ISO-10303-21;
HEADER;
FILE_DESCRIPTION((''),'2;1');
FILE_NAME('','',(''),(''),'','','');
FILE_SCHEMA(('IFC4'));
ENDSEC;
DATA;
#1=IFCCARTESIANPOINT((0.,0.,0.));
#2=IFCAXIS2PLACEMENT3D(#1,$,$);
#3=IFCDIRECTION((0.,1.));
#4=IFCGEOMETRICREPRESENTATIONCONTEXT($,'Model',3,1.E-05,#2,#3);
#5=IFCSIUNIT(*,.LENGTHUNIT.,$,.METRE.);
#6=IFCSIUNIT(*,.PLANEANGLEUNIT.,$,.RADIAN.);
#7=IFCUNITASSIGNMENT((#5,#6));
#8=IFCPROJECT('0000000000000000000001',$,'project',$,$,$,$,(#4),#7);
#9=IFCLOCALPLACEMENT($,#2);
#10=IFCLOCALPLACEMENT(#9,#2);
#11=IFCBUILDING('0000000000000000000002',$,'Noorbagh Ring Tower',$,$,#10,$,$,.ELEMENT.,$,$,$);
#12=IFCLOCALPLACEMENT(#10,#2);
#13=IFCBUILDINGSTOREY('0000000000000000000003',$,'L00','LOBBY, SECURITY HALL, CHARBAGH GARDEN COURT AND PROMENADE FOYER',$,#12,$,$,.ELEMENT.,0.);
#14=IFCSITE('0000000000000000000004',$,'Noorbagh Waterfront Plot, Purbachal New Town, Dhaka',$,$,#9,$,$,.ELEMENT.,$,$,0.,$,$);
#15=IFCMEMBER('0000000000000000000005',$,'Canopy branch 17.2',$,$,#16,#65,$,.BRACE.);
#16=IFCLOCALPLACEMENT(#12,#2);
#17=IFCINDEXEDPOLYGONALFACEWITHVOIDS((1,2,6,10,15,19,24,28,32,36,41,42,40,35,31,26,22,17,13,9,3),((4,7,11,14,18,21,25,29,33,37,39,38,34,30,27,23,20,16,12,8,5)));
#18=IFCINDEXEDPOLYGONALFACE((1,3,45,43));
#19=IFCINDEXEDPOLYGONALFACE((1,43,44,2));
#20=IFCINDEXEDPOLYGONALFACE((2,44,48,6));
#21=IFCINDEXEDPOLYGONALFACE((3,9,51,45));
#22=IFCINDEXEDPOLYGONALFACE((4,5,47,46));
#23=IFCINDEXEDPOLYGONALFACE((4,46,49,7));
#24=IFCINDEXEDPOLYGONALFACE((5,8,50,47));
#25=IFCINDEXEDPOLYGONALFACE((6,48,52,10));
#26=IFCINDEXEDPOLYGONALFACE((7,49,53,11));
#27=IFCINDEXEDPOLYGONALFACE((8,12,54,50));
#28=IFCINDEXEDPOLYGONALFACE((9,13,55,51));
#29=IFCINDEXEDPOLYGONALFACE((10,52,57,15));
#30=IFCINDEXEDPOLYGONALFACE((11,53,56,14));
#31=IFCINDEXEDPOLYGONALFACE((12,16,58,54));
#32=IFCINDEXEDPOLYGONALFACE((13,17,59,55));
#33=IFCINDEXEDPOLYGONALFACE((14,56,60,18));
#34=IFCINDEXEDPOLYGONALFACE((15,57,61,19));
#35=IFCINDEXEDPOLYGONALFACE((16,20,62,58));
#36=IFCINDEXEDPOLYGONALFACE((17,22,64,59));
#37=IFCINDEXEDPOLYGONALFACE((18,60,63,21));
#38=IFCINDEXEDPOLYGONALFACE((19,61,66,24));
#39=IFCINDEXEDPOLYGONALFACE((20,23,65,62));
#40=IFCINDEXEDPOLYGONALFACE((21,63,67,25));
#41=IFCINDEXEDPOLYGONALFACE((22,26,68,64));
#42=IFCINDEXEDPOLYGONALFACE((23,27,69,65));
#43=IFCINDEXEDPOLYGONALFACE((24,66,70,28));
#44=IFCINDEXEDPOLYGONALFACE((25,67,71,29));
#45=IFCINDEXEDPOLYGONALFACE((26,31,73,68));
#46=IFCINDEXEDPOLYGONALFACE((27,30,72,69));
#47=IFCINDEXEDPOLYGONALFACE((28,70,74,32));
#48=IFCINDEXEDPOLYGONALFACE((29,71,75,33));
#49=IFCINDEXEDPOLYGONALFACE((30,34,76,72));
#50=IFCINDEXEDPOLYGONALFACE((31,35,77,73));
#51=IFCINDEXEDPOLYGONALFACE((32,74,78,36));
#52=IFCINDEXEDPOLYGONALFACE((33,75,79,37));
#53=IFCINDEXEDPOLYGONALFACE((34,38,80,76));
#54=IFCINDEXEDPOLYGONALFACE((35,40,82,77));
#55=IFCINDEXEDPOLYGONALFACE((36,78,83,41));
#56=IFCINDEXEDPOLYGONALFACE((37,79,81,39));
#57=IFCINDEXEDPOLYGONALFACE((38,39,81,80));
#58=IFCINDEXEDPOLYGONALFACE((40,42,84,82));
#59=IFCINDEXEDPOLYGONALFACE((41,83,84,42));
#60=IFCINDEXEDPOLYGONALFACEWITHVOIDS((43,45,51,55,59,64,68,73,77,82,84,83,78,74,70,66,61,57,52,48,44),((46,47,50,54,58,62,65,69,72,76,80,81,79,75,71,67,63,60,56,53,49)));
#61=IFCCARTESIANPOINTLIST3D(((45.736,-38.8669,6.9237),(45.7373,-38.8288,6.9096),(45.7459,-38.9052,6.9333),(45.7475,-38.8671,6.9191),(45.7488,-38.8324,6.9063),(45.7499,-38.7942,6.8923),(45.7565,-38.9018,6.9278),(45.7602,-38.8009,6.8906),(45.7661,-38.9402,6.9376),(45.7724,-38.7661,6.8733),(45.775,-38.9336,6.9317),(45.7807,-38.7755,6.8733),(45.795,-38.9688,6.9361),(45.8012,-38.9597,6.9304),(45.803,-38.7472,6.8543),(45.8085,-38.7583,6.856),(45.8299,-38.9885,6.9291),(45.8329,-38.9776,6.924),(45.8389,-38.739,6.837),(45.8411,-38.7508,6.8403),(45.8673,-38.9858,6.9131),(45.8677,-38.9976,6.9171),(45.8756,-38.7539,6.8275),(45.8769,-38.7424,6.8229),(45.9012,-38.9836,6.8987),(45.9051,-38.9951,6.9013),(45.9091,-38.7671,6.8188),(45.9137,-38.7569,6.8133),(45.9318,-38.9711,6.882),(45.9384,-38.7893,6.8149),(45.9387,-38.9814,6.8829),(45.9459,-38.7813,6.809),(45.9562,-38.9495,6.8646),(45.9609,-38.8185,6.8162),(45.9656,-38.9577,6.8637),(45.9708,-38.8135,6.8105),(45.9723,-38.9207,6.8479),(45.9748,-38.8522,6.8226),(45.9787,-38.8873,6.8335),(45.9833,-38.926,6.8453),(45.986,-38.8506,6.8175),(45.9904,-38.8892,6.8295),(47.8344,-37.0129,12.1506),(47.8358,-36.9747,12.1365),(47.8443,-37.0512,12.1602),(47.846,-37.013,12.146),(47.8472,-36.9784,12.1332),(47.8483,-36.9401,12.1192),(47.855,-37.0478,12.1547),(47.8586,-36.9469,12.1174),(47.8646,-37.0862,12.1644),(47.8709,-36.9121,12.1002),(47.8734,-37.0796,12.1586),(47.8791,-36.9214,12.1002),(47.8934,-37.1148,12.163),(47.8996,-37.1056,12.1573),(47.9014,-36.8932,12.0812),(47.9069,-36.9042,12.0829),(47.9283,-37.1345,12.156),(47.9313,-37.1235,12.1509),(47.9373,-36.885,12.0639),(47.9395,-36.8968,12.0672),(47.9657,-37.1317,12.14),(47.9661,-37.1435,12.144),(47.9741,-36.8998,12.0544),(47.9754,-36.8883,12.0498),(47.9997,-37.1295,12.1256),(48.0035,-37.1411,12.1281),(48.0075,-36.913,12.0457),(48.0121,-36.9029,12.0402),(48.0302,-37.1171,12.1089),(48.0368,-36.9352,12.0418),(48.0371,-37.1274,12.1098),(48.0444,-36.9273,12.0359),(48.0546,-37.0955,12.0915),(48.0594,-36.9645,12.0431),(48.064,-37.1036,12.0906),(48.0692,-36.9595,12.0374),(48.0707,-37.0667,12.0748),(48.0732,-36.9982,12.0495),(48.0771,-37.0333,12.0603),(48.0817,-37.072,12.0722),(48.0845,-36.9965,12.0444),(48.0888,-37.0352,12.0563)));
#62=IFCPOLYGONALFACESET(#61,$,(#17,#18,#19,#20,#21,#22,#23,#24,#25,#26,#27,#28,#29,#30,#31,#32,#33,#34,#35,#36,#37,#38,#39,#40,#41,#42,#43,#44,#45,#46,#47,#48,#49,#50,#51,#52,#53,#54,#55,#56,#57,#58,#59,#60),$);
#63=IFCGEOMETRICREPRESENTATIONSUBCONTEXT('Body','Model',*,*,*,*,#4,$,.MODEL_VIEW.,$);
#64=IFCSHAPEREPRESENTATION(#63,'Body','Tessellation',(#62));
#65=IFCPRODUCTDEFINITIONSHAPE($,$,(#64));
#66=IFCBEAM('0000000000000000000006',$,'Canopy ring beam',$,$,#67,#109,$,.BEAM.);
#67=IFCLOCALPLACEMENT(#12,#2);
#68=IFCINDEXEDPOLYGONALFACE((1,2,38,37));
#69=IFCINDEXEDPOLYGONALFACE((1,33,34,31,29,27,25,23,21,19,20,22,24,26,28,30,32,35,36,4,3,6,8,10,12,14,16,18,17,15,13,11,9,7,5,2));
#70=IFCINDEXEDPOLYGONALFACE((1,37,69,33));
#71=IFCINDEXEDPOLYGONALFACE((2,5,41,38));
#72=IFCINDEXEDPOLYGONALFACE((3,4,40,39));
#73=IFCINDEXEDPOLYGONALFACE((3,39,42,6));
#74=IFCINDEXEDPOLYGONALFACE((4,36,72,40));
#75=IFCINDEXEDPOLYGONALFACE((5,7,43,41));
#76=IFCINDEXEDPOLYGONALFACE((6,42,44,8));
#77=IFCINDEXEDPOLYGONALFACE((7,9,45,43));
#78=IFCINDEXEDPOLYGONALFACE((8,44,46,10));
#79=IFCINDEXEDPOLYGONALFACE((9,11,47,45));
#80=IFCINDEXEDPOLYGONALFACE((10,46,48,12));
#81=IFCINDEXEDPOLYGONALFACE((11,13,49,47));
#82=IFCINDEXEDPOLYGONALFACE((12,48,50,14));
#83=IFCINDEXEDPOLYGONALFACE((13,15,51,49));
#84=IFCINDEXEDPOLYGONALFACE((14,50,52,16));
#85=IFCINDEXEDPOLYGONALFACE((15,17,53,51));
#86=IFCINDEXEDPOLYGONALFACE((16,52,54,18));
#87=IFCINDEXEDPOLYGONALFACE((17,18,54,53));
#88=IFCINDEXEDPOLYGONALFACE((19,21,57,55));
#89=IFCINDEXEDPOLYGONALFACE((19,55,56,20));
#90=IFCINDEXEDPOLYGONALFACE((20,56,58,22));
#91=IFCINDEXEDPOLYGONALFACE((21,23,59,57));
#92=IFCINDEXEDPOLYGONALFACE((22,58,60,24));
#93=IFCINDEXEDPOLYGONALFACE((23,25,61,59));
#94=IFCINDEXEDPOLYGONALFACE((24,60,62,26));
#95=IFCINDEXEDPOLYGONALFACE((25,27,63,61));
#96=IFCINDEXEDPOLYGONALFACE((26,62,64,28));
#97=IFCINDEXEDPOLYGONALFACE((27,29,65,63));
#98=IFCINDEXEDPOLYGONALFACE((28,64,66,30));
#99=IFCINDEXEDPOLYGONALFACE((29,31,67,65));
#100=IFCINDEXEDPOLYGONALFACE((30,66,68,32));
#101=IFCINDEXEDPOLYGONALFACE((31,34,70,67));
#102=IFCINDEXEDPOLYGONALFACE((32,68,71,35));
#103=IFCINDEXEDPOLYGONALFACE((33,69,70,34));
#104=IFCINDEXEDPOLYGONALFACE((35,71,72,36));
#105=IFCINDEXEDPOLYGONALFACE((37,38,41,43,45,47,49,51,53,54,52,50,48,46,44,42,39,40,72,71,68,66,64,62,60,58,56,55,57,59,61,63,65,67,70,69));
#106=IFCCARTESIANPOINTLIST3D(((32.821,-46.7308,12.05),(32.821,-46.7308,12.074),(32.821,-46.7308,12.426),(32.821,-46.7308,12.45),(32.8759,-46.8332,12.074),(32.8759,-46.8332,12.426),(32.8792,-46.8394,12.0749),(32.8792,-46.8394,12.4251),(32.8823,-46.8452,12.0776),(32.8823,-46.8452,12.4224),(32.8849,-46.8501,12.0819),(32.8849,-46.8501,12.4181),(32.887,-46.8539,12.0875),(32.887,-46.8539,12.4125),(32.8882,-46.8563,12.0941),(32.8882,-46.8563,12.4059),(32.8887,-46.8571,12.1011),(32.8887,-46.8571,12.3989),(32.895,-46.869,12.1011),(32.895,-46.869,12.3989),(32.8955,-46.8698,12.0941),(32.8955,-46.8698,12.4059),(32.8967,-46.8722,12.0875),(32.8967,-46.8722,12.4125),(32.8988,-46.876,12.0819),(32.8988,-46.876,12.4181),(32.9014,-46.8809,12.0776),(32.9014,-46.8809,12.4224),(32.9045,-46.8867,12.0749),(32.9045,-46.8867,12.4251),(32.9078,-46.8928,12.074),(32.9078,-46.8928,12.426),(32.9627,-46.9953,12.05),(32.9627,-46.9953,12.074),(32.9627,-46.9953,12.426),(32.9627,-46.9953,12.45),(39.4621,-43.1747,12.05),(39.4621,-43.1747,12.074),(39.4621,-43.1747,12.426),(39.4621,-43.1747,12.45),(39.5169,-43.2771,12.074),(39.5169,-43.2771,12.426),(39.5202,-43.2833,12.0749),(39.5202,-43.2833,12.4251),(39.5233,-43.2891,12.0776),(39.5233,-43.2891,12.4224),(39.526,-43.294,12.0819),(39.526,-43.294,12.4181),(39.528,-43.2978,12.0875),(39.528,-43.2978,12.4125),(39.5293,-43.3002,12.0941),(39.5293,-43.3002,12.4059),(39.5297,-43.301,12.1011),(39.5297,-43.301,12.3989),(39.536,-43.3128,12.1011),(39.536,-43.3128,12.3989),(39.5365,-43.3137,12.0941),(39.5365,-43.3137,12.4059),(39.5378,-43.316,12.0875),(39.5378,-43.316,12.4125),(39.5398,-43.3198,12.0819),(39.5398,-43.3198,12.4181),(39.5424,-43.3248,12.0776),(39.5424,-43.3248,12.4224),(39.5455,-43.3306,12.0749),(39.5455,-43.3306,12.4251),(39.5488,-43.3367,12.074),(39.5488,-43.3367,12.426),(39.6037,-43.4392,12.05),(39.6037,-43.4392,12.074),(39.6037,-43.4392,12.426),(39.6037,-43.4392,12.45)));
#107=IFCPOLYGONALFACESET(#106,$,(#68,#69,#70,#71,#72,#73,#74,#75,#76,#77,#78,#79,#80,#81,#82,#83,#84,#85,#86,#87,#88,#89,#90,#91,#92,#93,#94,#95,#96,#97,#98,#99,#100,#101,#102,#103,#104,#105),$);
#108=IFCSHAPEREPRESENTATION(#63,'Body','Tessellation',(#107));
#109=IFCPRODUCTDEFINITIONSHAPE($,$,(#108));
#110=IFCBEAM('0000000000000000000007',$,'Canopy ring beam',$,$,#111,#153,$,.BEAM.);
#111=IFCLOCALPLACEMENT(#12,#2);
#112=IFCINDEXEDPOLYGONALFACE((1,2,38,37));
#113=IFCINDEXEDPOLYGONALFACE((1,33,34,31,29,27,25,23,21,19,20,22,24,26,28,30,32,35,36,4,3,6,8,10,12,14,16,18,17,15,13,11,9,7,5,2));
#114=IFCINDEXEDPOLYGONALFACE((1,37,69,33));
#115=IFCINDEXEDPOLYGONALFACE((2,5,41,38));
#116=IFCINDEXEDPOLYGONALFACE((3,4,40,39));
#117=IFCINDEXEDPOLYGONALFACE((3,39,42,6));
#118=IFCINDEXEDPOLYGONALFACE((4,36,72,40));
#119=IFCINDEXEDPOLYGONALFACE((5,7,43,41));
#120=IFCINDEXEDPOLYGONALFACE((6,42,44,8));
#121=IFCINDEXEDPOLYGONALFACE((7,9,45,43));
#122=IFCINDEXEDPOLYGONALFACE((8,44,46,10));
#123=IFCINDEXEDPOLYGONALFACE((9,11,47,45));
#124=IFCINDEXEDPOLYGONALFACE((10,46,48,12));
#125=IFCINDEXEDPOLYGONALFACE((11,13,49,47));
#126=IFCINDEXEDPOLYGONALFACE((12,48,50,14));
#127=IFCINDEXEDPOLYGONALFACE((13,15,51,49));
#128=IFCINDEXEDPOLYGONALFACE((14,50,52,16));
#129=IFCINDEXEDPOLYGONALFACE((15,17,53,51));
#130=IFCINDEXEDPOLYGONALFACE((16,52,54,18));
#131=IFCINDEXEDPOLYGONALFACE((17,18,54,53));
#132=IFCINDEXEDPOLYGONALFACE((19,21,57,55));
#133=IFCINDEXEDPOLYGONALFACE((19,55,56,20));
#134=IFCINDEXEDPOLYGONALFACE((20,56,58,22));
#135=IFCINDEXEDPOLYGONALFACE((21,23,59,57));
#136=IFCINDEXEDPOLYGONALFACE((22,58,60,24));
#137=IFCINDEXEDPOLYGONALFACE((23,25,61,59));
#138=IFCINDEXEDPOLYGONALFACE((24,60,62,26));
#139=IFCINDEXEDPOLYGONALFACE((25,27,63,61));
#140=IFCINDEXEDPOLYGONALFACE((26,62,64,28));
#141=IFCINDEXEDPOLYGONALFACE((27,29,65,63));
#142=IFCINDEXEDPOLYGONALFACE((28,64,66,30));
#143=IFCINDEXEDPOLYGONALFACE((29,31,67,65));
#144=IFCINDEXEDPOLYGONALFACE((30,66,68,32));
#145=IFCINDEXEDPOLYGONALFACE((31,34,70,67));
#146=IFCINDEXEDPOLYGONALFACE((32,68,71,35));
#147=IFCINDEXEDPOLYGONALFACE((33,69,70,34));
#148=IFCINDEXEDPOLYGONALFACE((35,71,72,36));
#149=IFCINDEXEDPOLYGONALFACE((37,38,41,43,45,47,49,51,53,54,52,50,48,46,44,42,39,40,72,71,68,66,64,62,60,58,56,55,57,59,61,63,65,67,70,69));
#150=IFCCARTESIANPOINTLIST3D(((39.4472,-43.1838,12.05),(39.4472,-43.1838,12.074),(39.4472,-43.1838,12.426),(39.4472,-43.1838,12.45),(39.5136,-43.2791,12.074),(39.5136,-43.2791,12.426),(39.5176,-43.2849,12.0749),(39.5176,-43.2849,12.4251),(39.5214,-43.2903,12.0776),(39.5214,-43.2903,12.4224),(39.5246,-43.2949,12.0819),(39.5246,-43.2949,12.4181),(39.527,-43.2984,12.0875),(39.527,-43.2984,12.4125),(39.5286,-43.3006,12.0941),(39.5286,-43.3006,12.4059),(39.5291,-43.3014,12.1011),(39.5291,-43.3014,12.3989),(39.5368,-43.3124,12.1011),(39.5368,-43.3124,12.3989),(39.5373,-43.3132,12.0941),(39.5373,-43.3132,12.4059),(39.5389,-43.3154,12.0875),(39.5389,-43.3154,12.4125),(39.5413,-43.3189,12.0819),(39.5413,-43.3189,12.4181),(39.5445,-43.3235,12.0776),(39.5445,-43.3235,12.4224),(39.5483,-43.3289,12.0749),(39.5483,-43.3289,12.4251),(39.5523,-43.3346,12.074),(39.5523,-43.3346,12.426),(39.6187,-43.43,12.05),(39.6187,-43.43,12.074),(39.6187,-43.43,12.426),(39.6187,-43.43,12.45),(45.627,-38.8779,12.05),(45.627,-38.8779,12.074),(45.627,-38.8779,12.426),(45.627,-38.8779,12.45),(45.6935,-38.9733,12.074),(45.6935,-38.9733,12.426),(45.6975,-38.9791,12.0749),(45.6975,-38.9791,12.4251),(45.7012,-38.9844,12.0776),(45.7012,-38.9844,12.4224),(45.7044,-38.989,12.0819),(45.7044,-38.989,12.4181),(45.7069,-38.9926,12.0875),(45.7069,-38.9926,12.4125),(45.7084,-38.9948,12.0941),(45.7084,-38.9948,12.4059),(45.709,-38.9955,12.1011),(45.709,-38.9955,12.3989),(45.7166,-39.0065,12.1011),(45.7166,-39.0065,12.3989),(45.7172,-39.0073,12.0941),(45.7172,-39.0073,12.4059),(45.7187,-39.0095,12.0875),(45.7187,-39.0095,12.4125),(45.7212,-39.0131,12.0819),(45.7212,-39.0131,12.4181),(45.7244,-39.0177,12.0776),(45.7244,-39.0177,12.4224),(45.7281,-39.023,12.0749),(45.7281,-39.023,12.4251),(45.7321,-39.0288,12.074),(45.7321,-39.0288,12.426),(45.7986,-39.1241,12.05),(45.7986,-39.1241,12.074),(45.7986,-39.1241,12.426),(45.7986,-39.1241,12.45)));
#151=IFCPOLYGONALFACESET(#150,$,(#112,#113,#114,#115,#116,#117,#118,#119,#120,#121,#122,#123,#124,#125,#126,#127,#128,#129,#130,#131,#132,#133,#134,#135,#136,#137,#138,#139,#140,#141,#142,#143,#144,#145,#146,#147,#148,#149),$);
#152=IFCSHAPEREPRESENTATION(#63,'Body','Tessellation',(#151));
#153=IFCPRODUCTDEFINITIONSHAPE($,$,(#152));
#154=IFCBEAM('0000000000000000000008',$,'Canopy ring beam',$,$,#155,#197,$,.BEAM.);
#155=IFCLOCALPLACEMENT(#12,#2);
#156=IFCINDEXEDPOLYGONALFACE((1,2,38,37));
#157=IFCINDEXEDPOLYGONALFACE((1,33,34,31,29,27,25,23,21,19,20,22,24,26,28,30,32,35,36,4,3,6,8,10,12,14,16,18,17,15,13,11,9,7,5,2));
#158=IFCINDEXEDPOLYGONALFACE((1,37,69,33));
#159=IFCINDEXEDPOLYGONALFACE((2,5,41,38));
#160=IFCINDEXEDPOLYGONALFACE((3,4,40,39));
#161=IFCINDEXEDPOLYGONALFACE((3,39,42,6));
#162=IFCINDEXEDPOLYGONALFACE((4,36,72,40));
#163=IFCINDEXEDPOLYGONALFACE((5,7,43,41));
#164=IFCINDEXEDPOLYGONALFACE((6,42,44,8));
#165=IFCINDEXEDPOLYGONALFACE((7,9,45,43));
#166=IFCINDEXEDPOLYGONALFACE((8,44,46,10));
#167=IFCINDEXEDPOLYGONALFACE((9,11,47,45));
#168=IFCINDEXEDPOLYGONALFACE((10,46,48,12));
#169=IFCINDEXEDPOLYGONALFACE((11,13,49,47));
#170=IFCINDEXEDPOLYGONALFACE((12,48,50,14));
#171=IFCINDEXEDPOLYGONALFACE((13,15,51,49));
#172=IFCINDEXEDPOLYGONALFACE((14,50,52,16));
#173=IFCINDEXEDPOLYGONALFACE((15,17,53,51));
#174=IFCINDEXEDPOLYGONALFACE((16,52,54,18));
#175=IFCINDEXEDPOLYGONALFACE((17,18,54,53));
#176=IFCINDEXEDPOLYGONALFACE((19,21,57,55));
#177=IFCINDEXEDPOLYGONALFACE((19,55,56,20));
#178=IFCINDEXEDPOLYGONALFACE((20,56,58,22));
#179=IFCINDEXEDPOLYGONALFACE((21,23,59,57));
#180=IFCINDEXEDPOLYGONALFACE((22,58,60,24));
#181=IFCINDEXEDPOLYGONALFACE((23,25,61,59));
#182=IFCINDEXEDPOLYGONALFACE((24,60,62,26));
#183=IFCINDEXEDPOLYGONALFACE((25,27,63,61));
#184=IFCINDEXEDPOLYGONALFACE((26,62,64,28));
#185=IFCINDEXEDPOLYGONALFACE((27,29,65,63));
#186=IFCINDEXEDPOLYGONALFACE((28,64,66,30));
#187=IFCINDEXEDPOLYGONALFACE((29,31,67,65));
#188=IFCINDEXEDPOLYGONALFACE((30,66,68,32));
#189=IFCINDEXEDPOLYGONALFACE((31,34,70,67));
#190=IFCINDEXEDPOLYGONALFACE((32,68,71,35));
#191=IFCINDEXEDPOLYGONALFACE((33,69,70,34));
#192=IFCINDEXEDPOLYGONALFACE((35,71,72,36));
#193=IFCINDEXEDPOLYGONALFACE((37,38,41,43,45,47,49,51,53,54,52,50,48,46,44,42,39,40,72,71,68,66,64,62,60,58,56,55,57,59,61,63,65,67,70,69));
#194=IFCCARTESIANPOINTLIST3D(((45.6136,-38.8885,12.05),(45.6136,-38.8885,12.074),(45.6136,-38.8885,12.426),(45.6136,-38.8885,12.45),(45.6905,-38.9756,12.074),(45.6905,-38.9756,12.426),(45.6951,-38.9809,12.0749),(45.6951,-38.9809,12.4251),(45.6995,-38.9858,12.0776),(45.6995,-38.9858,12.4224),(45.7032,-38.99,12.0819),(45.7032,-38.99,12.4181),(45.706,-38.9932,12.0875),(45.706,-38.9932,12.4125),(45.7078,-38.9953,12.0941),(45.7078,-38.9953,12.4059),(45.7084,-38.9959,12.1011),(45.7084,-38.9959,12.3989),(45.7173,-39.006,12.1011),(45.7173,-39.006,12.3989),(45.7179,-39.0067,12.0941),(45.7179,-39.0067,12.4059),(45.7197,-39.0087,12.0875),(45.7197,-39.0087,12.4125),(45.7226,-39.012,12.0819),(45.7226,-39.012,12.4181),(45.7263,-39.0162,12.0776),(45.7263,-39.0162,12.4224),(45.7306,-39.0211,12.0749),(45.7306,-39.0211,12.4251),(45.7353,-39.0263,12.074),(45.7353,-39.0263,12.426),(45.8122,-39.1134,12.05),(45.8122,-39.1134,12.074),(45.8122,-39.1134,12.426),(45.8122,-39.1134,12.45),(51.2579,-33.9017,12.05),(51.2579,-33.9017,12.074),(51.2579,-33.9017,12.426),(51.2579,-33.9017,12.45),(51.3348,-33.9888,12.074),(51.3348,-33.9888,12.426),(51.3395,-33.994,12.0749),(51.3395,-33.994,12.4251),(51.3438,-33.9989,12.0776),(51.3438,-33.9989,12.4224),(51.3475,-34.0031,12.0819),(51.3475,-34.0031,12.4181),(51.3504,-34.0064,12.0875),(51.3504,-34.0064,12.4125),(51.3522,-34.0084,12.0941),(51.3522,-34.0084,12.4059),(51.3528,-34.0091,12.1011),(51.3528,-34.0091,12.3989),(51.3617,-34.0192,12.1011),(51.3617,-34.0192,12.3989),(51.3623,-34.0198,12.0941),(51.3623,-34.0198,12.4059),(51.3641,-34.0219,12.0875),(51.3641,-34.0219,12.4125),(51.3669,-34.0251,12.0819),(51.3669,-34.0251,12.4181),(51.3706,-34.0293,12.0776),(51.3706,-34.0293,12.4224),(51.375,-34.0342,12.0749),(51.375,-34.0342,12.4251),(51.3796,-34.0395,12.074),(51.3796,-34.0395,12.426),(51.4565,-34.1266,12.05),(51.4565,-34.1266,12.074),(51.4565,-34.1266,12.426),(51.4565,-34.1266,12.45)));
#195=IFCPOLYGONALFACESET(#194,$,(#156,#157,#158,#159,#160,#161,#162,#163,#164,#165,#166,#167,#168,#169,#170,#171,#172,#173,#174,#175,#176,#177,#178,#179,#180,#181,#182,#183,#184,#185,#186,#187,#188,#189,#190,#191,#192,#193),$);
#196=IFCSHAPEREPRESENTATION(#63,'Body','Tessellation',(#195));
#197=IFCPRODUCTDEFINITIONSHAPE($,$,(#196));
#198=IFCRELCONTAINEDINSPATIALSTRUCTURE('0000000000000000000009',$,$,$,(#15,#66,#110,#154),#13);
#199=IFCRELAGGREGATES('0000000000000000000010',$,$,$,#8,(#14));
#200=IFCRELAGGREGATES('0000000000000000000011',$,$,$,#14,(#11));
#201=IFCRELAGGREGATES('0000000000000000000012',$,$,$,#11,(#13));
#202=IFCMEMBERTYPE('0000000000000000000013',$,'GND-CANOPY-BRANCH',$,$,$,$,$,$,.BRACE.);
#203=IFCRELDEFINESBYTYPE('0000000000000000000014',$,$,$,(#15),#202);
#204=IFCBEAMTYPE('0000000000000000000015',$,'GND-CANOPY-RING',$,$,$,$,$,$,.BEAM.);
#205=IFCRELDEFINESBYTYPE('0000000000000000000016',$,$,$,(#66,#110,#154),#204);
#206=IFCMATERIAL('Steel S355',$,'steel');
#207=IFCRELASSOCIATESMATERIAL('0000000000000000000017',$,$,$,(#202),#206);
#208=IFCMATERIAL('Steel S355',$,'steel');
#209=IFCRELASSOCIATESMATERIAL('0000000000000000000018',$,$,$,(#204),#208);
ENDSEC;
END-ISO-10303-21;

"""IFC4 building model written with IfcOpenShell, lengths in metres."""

from ifc_helpers import new_model, si_unit, direction, frame, origin, origin_2d, place, context, subcontext, project, spatial, hollow_circle, i_section, extrude, material, material_profile, profile_set, type_object, element, save


model = new_model("IFC4")

# Units and contexts
model_context = context("Model", 3, precision=1e-05, world=origin(), true_north=direction((0.0, 1.0)))
body_context = subcontext(model_context, "Body", "Model", "MODEL_VIEW")
ifc_project = project(units=[si_unit("LENGTHUNIT", "METRE"), si_unit("PLANEANGLEUNIT", "RADIAN")], contexts=[model_context])

# Site, building, storey
site_placement = place(None, origin())
site = spatial("IfcSite", under=ifc_project, at=site_placement, Name="Noorbagh Waterfront Plot, Purbachal New Town, Dhaka", CompositionType="ELEMENT", RefElevation=0.0)
building_placement = place(site_placement, origin())
building = spatial("IfcBuilding", under=site, at=building_placement, Name="Noorbagh Ring Tower", CompositionType="ELEMENT")
storey_placement = place(building_placement, origin())
storey = spatial("IfcBuildingStorey", under=building, at=storey_placement, Name="L00", Description="LOBBY, SECURITY HALL, CHARBAGH GARDEN COURT AND PROMENADE FOYER", CompositionType="ELEMENT", Elevation=0.0)

# Member
ifc_material_1 = material(Name="Steel S355", Category="steel")
ifc_material_profile_1 = material_profile(ifc_material_1, hollow_circle(Radius=0.1365, WallThickness=0.0125, at=origin_2d()), Name="CHS273x12.5")
ifc_profile_set_1 = profile_set([ifc_material_profile_1], Name="Steel S355")
member_type = type_object("IfcMemberType", Name="GND-CANOPY-BRANCH", PredefinedType="BRACE", material=ifc_profile_set_1)
member_placement = place(storey_placement, frame((45.8628, -38.8684, 6.8733), z_axis=(0.353884, 0.31267, 0.881478), x_axis=(-0.66212, 0.749397, 0.0)))
element("IfcMember", 1, at=member_placement, inside=storey, type_object=member_type, Name="Canopy branch 17.2", PredefinedType="BRACE", context=body_context, shape_type="SweptSolid", body=[
    extrude(hollow_circle(Radius=0.1365, WallThickness=0.0125, at=origin_2d()), origin(), (0.0, 0.0, 1.0), 5.9297),
])

# Beams
ifc_material_2 = material(Name="Steel S355", Category="steel")
ifc_material_profile_2 = material_profile(ifc_material_2, i_section(OverallWidth=0.3, OverallDepth=0.3999, WebThickness=0.0134, FlangeThickness=0.0239, FilletRadius=0.0271, at=origin_2d()), Name="HEB400")
ifc_profile_set_2 = profile_set([ifc_material_profile_2], Name="Steel S355")
beam_type = type_object("IfcBeamType", Name="GND-CANOPY-RING", PredefinedType="BEAM", material=ifc_profile_set_2)
beam_1_placement = place(storey_placement, frame((32.8918, -46.863, 12.25), z_axis=(0.881568, 0.472058, 0.0), x_axis=(-0.472058, 0.881568, 0.0)))
element("IfcBeam", 2, at=beam_1_placement, inside=storey, type_object=beam_type, Name="Canopy ring beam", PredefinedType="BEAM", context=body_context, shape_type="SweptSolid", body=[
    extrude(i_section(OverallWidth=0.3, OverallDepth=0.3999, WebThickness=0.0134, FlangeThickness=0.0239, FilletRadius=0.0271, at=origin_2d()), origin(), (0.0, 0.0, 1.0), 7.5332),
])
beam_2_placement = place(storey_placement, frame((39.533, -43.3069, 12.25), z_axis=(0.82048, 0.571675, 0.0), x_axis=(-0.571675, 0.82048, 0.0)))
element("IfcBeam", 3, at=beam_2_placement, inside=storey, type_object=beam_type, Name="Canopy ring beam", PredefinedType="BEAM", context=body_context, shape_type="SweptSolid", body=[
    extrude(i_section(OverallWidth=0.3, OverallDepth=0.3999, WebThickness=0.0134, FlangeThickness=0.0239, FilletRadius=0.0271, at=origin_2d()), origin(), (0.0, 0.0, 1.0), 7.532),
])
beam_3_placement = place(storey_placement, frame((45.7129, -39.001, 12.25), z_axis=(0.749405, 0.662111, 0.0), x_axis=(-0.662111, 0.749405, 0.0)))
element("IfcBeam", 4, at=beam_3_placement, inside=storey, type_object=beam_type, Name="Canopy ring beam", PredefinedType="BEAM", context=body_context, shape_type="SweptSolid", body=[
    extrude(i_section(OverallWidth=0.3, OverallDepth=0.3999, WebThickness=0.0134, FlangeThickness=0.0239, FilletRadius=0.0271, at=origin_2d()), origin(), (0.0, 0.0, 1.0), 7.5317),
])

save(model, "model.ifc")
